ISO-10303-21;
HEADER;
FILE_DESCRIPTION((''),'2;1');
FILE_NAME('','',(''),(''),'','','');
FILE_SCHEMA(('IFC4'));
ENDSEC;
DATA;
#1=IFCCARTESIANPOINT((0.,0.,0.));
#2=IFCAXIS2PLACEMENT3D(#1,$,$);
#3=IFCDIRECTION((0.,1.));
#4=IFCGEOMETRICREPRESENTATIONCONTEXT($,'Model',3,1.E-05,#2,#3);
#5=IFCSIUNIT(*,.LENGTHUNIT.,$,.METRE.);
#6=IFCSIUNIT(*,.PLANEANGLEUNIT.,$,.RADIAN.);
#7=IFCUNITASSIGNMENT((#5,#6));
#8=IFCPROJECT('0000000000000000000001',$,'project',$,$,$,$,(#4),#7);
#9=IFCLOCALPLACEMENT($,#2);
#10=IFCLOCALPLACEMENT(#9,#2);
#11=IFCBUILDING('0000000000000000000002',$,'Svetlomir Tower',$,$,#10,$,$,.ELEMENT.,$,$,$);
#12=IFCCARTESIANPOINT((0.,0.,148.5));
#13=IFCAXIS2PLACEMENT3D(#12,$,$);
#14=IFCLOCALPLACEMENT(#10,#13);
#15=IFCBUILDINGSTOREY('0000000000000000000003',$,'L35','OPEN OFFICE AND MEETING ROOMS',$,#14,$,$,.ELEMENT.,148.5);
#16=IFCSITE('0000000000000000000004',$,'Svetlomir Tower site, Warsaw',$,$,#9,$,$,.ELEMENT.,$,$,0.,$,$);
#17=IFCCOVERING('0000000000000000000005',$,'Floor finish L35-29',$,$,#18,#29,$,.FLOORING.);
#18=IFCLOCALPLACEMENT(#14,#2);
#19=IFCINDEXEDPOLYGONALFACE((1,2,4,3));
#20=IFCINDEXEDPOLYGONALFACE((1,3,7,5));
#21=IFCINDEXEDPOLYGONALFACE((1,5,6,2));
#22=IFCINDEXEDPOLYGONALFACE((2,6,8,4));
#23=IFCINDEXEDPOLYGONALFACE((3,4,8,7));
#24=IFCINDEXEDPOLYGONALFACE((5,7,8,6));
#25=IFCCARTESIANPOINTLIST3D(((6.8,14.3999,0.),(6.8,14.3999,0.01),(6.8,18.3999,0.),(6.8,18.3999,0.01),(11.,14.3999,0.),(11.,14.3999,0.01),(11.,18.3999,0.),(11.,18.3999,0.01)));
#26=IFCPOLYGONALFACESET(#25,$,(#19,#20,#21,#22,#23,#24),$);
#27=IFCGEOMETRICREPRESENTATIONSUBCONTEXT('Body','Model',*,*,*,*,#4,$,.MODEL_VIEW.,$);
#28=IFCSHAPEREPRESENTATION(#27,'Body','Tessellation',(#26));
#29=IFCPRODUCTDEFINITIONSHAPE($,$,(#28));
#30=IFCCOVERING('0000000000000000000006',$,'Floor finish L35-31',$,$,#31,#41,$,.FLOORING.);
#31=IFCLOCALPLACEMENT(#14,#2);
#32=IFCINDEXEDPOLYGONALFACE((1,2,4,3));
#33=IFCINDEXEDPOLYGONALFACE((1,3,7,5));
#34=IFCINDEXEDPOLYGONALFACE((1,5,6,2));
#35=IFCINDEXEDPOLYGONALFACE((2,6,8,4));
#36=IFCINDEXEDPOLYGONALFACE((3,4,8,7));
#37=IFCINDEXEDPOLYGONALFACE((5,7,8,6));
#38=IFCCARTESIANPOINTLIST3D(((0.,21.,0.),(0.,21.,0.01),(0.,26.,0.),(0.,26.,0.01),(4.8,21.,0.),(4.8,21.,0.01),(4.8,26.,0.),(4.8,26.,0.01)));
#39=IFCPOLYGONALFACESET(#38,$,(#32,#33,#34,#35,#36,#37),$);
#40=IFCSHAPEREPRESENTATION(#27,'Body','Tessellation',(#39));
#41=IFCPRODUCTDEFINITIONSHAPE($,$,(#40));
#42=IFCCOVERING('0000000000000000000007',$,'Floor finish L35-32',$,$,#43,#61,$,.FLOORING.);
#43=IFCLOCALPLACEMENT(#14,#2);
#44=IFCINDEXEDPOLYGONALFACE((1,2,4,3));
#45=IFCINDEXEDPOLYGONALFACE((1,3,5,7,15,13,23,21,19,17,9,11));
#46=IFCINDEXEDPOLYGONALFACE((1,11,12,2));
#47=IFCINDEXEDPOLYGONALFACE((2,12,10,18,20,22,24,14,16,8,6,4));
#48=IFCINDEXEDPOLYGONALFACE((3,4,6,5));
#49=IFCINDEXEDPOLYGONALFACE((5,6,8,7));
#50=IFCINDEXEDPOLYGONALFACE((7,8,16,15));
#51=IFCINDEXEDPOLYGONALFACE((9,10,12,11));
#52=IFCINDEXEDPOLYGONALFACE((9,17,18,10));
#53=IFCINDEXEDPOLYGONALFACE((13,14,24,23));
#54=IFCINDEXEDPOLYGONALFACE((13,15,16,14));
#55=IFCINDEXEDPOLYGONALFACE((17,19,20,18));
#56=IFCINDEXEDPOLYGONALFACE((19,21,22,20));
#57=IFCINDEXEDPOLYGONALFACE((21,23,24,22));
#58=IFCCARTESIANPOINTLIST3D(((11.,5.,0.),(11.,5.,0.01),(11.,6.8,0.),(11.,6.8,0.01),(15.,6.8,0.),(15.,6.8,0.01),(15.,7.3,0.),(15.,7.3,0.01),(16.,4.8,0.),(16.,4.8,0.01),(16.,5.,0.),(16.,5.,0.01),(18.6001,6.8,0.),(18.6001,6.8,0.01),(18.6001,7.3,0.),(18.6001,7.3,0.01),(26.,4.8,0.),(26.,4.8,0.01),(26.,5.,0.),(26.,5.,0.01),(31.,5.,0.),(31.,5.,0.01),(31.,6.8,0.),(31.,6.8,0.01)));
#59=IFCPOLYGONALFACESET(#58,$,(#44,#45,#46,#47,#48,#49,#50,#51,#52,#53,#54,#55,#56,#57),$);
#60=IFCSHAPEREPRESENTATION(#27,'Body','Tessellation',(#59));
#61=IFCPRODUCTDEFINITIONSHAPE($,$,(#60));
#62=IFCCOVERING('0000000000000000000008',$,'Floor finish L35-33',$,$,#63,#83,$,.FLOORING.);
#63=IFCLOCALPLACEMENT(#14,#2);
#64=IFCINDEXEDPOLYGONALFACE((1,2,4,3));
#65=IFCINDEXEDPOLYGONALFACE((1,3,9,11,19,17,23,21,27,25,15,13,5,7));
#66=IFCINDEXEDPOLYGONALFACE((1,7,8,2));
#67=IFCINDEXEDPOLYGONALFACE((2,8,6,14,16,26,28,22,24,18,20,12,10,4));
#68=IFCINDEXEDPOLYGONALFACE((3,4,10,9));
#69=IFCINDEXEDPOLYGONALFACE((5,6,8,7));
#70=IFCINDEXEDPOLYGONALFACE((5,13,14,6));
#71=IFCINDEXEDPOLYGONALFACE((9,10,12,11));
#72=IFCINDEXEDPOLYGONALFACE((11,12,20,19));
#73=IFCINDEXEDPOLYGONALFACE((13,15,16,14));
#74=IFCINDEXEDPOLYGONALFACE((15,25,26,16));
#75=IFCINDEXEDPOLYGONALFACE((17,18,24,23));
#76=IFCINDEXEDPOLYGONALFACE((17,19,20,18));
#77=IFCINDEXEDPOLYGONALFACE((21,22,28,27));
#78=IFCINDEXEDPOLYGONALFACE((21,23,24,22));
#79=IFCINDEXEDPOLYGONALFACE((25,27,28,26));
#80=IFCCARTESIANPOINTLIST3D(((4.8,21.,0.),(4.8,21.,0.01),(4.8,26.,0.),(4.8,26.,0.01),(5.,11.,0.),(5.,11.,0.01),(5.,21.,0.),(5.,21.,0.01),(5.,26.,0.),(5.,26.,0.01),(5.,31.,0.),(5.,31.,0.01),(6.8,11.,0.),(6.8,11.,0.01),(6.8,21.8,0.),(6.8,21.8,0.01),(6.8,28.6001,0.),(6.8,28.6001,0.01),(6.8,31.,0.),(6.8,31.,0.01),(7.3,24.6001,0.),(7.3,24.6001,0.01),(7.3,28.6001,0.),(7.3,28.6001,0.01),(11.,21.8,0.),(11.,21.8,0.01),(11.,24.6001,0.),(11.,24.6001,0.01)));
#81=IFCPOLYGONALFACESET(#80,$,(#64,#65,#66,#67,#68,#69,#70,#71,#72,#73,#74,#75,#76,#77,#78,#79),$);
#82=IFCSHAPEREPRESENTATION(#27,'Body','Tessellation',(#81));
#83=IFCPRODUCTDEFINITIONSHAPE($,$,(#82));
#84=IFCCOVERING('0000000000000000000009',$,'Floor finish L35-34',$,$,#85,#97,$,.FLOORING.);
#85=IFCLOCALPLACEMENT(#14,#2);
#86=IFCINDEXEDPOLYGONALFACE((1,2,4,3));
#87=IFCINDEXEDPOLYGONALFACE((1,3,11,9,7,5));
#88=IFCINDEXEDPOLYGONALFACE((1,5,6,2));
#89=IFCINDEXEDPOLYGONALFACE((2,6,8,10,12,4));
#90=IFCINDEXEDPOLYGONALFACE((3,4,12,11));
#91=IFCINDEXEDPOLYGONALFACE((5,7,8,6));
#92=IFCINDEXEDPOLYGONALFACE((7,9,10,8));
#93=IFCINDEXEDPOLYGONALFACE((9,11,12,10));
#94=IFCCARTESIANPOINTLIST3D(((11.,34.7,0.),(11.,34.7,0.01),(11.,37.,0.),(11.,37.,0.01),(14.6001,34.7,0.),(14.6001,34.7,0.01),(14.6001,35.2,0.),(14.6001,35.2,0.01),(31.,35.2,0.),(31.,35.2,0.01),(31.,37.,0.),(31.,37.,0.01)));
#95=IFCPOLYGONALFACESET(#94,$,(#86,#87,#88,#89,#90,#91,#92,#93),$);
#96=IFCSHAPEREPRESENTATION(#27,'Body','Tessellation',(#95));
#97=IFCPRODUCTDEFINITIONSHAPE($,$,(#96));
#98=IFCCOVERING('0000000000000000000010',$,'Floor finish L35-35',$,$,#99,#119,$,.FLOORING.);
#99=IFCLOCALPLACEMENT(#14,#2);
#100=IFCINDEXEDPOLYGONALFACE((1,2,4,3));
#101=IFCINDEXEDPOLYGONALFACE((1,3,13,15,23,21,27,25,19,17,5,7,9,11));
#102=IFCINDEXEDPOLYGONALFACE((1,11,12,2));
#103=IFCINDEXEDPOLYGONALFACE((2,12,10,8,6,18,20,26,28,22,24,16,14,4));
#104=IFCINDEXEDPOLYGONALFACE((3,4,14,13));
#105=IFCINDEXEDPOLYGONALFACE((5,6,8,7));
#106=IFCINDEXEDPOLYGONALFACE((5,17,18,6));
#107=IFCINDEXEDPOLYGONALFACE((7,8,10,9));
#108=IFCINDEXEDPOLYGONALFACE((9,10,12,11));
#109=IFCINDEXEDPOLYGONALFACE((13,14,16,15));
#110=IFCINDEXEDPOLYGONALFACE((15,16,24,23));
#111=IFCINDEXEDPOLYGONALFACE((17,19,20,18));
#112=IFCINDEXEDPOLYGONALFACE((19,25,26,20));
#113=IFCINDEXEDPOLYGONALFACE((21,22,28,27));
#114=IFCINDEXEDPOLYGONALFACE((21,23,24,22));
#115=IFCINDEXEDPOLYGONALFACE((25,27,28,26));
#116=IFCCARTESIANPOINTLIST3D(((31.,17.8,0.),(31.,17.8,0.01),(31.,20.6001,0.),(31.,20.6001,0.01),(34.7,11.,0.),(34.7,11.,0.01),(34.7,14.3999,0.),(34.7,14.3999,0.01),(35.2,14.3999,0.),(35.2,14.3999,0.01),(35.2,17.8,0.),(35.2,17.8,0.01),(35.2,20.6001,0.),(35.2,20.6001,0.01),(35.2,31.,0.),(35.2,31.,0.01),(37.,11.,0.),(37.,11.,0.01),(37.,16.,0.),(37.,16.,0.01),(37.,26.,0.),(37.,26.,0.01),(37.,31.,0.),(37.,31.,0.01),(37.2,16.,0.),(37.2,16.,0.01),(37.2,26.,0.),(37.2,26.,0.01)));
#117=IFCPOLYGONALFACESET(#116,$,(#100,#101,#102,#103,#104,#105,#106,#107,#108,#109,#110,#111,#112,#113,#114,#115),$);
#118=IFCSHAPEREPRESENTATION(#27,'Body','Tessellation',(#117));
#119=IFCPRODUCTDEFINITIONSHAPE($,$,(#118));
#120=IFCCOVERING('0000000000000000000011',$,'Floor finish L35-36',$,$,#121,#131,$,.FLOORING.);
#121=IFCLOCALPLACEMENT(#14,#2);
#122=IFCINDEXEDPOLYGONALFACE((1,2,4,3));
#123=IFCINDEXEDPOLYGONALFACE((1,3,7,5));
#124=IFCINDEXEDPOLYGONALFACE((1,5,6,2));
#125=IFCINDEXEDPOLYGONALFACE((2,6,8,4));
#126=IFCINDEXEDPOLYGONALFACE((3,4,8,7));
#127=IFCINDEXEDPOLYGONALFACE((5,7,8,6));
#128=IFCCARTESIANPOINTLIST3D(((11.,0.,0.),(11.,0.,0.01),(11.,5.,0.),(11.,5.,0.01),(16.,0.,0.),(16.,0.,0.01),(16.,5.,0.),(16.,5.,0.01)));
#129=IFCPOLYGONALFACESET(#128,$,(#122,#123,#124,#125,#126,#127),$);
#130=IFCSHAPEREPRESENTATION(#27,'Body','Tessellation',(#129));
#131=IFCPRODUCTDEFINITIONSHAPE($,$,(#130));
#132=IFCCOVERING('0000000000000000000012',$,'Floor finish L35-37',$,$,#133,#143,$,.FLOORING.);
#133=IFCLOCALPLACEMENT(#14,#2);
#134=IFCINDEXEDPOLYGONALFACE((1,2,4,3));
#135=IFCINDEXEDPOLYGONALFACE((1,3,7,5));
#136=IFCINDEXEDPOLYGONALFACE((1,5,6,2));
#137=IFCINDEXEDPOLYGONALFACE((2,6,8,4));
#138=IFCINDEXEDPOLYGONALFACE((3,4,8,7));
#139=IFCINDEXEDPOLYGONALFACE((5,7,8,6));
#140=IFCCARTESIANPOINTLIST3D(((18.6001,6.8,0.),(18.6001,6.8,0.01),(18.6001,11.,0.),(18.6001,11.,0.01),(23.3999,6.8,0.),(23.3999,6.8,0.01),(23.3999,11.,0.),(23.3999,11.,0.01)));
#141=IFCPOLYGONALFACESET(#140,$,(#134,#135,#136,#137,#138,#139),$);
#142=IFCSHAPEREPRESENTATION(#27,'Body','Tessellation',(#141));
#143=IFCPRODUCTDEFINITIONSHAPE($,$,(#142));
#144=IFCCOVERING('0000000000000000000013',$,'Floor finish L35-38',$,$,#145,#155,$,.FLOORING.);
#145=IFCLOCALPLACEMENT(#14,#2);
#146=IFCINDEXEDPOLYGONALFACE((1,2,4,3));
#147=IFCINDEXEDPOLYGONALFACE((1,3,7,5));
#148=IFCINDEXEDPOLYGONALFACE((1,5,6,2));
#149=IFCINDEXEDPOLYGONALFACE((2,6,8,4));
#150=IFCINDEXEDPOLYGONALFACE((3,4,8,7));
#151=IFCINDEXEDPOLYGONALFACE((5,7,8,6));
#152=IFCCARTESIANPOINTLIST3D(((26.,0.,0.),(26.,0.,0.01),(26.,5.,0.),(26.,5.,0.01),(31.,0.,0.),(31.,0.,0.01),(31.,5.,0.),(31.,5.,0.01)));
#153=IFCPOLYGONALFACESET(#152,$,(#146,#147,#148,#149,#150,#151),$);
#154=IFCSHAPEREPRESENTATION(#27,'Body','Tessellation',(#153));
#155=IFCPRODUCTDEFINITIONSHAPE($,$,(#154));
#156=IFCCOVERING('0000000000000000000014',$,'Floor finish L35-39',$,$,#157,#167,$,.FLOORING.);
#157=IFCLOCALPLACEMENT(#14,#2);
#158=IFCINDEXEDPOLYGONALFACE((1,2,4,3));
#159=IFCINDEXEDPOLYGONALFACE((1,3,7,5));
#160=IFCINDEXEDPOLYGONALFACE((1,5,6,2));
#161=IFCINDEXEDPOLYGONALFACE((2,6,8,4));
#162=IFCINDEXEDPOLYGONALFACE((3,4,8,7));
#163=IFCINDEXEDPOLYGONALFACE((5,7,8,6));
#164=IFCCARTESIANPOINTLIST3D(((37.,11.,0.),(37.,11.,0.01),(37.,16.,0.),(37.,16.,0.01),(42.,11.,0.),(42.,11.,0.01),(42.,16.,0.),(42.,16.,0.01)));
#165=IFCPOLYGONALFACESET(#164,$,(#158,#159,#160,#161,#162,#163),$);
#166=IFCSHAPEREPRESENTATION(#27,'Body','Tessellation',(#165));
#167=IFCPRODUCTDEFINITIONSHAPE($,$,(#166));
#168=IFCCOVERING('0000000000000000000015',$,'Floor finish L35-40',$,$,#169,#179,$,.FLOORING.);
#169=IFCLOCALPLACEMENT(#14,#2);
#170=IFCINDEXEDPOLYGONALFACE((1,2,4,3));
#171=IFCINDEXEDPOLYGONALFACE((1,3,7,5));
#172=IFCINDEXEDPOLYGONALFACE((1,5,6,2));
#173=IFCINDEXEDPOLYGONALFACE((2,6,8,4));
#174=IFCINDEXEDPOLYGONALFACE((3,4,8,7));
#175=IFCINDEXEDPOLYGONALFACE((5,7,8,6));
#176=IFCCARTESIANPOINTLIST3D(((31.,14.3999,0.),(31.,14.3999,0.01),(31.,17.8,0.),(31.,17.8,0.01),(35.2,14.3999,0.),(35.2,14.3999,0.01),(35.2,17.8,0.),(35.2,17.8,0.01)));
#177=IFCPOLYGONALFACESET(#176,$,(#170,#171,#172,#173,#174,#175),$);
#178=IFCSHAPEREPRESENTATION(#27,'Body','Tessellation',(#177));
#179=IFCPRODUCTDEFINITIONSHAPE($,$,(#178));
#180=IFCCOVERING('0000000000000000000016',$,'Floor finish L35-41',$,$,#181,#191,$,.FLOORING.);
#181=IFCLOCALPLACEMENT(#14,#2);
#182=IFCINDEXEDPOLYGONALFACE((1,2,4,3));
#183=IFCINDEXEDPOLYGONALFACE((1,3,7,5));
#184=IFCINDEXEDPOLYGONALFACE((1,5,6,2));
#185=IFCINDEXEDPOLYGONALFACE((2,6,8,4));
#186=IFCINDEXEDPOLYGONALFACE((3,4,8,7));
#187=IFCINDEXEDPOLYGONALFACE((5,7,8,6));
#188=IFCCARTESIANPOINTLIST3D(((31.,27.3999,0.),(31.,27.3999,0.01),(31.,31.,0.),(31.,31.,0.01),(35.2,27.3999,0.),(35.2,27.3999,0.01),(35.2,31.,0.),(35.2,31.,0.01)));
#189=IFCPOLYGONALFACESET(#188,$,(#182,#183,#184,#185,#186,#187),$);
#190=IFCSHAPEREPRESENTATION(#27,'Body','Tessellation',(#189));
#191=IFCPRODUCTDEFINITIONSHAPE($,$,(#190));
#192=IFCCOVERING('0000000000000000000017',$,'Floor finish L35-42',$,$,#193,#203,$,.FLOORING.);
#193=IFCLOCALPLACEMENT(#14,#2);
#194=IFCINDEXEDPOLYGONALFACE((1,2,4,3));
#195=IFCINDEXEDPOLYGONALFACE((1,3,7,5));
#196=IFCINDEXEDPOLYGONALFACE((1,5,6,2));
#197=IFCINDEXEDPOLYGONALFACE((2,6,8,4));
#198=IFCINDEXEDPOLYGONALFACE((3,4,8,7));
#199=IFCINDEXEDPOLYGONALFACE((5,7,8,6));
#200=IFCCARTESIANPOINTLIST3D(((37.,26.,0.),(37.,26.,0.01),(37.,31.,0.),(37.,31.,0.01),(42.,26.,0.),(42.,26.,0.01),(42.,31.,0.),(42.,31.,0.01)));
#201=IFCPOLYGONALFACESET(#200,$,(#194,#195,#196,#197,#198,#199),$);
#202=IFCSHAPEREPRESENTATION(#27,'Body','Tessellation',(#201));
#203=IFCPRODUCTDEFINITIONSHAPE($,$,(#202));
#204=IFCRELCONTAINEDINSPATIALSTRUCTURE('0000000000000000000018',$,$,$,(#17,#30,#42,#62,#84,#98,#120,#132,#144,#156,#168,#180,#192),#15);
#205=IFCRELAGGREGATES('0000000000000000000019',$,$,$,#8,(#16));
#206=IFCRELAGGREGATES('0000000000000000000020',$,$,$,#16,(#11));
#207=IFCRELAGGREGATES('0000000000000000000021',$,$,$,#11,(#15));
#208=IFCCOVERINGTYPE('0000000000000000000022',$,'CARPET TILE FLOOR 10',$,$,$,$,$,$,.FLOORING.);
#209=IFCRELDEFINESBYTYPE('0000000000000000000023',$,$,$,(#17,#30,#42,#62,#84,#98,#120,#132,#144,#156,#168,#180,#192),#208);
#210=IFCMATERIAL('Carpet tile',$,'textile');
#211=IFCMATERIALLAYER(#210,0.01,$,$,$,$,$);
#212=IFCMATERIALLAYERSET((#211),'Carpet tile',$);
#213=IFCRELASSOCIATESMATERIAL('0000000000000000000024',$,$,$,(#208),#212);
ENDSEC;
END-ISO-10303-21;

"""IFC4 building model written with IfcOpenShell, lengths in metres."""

from ifc_helpers import new_model, si_unit, direction, frame, origin, place, context, subcontext, project, spatial, polyline, outline, extrude, material, layer, layer_set, type_object, element, save


model = new_model("IFC4")

# Units and contexts
model_context = context("Model", 3, precision=1e-05, world=origin(), true_north=direction((0.0, 1.0)))
body_context = subcontext(model_context, "Body", "Model", "MODEL_VIEW")
ifc_project = project(units=[si_unit("LENGTHUNIT", "METRE"), si_unit("PLANEANGLEUNIT", "RADIAN")], contexts=[model_context])

# Site, building, storey
site_placement = place(None, origin())
site = spatial("IfcSite", under=ifc_project, at=site_placement, Name="Svetlomir Tower site, Warsaw", CompositionType="ELEMENT", RefElevation=0.0)
building_placement = place(site_placement, origin())
building = spatial("IfcBuilding", under=site, at=building_placement, Name="Svetlomir Tower", CompositionType="ELEMENT")
storey_placement = place(building_placement, frame((0.0, 0.0, 148.5)))
storey = spatial("IfcBuildingStorey", under=building, at=storey_placement, Name="L35", Description="OPEN OFFICE AND MEETING ROOMS", CompositionType="ELEMENT", Elevation=148.5)

# Coverings
ifc_material_1 = material(Name="Carpet tile", Category="textile")
ifc_layer_1 = layer(ifc_material_1, 0.01)
ifc_layer_set_1 = layer_set([ifc_layer_1], Name="Carpet tile")
covering_type_1 = type_object("IfcCoveringType", Name="CARPET TILE FLOOR 10", PredefinedType="FLOORING", material=ifc_layer_set_1)
covering_1_placement = place(storey_placement, origin())
element("IfcCovering", 1, at=covering_1_placement, inside=storey, type_object=covering_type_1, Name="Floor finish L35-29", PredefinedType="FLOORING", context=body_context, shape_type="SweptSolid", body=[
    extrude(outline(polyline([(6.8, 14.3999), (11.0, 14.3999), (11.0, 18.3999), (6.8, 18.3999), (6.8, 14.3999)])), origin(), (0.0, 0.0, 1.0), 0.01),
])
covering_2_placement = place(storey_placement, origin())
element("IfcCovering", 2, at=covering_2_placement, inside=storey, type_object=covering_type_1, Name="Floor finish L35-31", PredefinedType="FLOORING", context=body_context, shape_type="SweptSolid", body=[
    extrude(outline(polyline([(0.0, 21.0), (4.8, 21.0), (4.8, 26.0), (0.0, 26.0), (0.0, 21.0)])), origin(), (0.0, 0.0, 1.0), 0.01),
])
covering_3_placement = place(storey_placement, origin())
element("IfcCovering", 3, at=covering_3_placement, inside=storey, type_object=covering_type_1, Name="Floor finish L35-32", PredefinedType="FLOORING", context=body_context, shape_type="SweptSolid", body=[
    extrude(outline(polyline([(18.6001, 7.3), (18.6001, 6.8), (31.0, 6.8), (31.0, 5.0), (26.0, 5.0), (26.0, 4.8), (16.0, 4.8), (16.0, 5.0), (11.0, 5.0), (11.0, 6.8), (15.0, 6.8), (15.0, 7.3), (18.6001, 7.3)])), origin(), (0.0, 0.0, 1.0), 0.01),
])
covering_4_placement = place(storey_placement, origin())
element("IfcCovering", 4, at=covering_4_placement, inside=storey, type_object=covering_type_1, Name="Floor finish L35-33", PredefinedType="FLOORING", context=body_context, shape_type="SweptSolid", body=[
    extrude(outline(polyline([(6.8, 21.8), (6.8, 11.0), (5.0, 11.0), (5.0, 21.0), (4.8, 21.0), (4.8, 26.0), (5.0, 26.0), (5.0, 31.0), (6.8, 31.0), (6.8, 28.6001), (7.3, 28.6001), (7.3, 24.6001), (11.0, 24.6001), (11.0, 21.8), (6.8, 21.8)])), origin(), (0.0, 0.0, 1.0), 0.01),
])
covering_5_placement = place(storey_placement, origin())
element("IfcCovering", 5, at=covering_5_placement, inside=storey, type_object=covering_type_1, Name="Floor finish L35-34", PredefinedType="FLOORING", context=body_context, shape_type="SweptSolid", body=[
    extrude(outline(polyline([(11.0, 34.7), (11.0, 37.0), (31.0, 37.0), (31.0, 35.2), (14.6001, 35.2), (14.6001, 34.7), (11.0, 34.7)])), origin(), (0.0, 0.0, 1.0), 0.01),
])
covering_6_placement = place(storey_placement, origin())
element("IfcCovering", 6, at=covering_6_placement, inside=storey, type_object=covering_type_1, Name="Floor finish L35-35", PredefinedType="FLOORING", context=body_context, shape_type="SweptSolid", body=[
    extrude(outline(polyline([(34.7, 14.3999), (35.2, 14.3999), (35.2, 17.8), (31.0, 17.8), (31.0, 20.6001), (35.2, 20.6001), (35.2, 31.0), (37.0, 31.0), (37.0, 26.0), (37.2, 26.0), (37.2, 16.0), (37.0, 16.0), (37.0, 11.0), (34.7, 11.0), (34.7, 14.3999)])), origin(), (0.0, 0.0, 1.0), 0.01),
])
covering_7_placement = place(storey_placement, origin())
element("IfcCovering", 7, at=covering_7_placement, inside=storey, type_object=covering_type_1, Name="Floor finish L35-36", PredefinedType="FLOORING", context=body_context, shape_type="SweptSolid", body=[
    extrude(outline(polyline([(16.0, 5.0), (16.0, 0.0), (11.0, 0.0), (11.0, 5.0), (16.0, 5.0)])), origin(), (0.0, 0.0, 1.0), 0.01),
])
covering_8_placement = place(storey_placement, origin())
element("IfcCovering", 8, at=covering_8_placement, inside=storey, type_object=covering_type_1, Name="Floor finish L35-37", PredefinedType="FLOORING", context=body_context, shape_type="SweptSolid", body=[
    extrude(outline(polyline([(23.3999, 11.0), (23.3999, 6.8), (18.6001, 6.8), (18.6001, 11.0), (23.3999, 11.0)])), origin(), (0.0, 0.0, 1.0), 0.01),
])
covering_9_placement = place(storey_placement, origin())
element("IfcCovering", 9, at=covering_9_placement, inside=storey, type_object=covering_type_1, Name="Floor finish L35-38", PredefinedType="FLOORING", context=body_context, shape_type="SweptSolid", body=[
    extrude(outline(polyline([(26.0, 0.0), (26.0, 5.0), (31.0, 5.0), (31.0, 0.0), (26.0, 0.0)])), origin(), (0.0, 0.0, 1.0), 0.01),
])
covering_10_placement = place(storey_placement, origin())
element("IfcCovering", 10, at=covering_10_placement, inside=storey, type_object=covering_type_1, Name="Floor finish L35-39", PredefinedType="FLOORING", context=body_context, shape_type="SweptSolid", body=[
    extrude(outline(polyline([(37.0, 16.0), (42.0, 16.0), (42.0, 11.0), (37.0, 11.0), (37.0, 16.0)])), origin(), (0.0, 0.0, 1.0), 0.01),
])
covering_11_placement = place(storey_placement, origin())
element("IfcCovering", 11, at=covering_11_placement, inside=storey, type_object=covering_type_1, Name="Floor finish L35-40", PredefinedType="FLOORING", context=body_context, shape_type="SweptSolid", body=[
    extrude(outline(polyline([(31.0, 17.8), (35.2, 17.8), (35.2, 14.3999), (31.0, 14.3999), (31.0, 17.8)])), origin(), (0.0, 0.0, 1.0), 0.01),
])
covering_12_placement = place(storey_placement, origin())
element("IfcCovering", 12, at=covering_12_placement, inside=storey, type_object=covering_type_1, Name="Floor finish L35-41", PredefinedType="FLOORING", context=body_context, shape_type="SweptSolid", body=[
    extrude(outline(polyline([(31.0, 31.0), (35.2, 31.0), (35.2, 27.3999), (31.0, 27.3999), (31.0, 31.0)])), origin(), (0.0, 0.0, 1.0), 0.01),
])
covering_13_placement = place(storey_placement, origin())
element("IfcCovering", 13, at=covering_13_placement, inside=storey, type_object=covering_type_1, Name="Floor finish L35-42", PredefinedType="FLOORING", context=body_context, shape_type="SweptSolid", body=[
    extrude(outline(polyline([(42.0, 26.0), (37.0, 26.0), (37.0, 31.0), (42.0, 31.0), (42.0, 26.0)])), origin(), (0.0, 0.0, 1.0), 0.01),
])

save(model, "model.ifc")
